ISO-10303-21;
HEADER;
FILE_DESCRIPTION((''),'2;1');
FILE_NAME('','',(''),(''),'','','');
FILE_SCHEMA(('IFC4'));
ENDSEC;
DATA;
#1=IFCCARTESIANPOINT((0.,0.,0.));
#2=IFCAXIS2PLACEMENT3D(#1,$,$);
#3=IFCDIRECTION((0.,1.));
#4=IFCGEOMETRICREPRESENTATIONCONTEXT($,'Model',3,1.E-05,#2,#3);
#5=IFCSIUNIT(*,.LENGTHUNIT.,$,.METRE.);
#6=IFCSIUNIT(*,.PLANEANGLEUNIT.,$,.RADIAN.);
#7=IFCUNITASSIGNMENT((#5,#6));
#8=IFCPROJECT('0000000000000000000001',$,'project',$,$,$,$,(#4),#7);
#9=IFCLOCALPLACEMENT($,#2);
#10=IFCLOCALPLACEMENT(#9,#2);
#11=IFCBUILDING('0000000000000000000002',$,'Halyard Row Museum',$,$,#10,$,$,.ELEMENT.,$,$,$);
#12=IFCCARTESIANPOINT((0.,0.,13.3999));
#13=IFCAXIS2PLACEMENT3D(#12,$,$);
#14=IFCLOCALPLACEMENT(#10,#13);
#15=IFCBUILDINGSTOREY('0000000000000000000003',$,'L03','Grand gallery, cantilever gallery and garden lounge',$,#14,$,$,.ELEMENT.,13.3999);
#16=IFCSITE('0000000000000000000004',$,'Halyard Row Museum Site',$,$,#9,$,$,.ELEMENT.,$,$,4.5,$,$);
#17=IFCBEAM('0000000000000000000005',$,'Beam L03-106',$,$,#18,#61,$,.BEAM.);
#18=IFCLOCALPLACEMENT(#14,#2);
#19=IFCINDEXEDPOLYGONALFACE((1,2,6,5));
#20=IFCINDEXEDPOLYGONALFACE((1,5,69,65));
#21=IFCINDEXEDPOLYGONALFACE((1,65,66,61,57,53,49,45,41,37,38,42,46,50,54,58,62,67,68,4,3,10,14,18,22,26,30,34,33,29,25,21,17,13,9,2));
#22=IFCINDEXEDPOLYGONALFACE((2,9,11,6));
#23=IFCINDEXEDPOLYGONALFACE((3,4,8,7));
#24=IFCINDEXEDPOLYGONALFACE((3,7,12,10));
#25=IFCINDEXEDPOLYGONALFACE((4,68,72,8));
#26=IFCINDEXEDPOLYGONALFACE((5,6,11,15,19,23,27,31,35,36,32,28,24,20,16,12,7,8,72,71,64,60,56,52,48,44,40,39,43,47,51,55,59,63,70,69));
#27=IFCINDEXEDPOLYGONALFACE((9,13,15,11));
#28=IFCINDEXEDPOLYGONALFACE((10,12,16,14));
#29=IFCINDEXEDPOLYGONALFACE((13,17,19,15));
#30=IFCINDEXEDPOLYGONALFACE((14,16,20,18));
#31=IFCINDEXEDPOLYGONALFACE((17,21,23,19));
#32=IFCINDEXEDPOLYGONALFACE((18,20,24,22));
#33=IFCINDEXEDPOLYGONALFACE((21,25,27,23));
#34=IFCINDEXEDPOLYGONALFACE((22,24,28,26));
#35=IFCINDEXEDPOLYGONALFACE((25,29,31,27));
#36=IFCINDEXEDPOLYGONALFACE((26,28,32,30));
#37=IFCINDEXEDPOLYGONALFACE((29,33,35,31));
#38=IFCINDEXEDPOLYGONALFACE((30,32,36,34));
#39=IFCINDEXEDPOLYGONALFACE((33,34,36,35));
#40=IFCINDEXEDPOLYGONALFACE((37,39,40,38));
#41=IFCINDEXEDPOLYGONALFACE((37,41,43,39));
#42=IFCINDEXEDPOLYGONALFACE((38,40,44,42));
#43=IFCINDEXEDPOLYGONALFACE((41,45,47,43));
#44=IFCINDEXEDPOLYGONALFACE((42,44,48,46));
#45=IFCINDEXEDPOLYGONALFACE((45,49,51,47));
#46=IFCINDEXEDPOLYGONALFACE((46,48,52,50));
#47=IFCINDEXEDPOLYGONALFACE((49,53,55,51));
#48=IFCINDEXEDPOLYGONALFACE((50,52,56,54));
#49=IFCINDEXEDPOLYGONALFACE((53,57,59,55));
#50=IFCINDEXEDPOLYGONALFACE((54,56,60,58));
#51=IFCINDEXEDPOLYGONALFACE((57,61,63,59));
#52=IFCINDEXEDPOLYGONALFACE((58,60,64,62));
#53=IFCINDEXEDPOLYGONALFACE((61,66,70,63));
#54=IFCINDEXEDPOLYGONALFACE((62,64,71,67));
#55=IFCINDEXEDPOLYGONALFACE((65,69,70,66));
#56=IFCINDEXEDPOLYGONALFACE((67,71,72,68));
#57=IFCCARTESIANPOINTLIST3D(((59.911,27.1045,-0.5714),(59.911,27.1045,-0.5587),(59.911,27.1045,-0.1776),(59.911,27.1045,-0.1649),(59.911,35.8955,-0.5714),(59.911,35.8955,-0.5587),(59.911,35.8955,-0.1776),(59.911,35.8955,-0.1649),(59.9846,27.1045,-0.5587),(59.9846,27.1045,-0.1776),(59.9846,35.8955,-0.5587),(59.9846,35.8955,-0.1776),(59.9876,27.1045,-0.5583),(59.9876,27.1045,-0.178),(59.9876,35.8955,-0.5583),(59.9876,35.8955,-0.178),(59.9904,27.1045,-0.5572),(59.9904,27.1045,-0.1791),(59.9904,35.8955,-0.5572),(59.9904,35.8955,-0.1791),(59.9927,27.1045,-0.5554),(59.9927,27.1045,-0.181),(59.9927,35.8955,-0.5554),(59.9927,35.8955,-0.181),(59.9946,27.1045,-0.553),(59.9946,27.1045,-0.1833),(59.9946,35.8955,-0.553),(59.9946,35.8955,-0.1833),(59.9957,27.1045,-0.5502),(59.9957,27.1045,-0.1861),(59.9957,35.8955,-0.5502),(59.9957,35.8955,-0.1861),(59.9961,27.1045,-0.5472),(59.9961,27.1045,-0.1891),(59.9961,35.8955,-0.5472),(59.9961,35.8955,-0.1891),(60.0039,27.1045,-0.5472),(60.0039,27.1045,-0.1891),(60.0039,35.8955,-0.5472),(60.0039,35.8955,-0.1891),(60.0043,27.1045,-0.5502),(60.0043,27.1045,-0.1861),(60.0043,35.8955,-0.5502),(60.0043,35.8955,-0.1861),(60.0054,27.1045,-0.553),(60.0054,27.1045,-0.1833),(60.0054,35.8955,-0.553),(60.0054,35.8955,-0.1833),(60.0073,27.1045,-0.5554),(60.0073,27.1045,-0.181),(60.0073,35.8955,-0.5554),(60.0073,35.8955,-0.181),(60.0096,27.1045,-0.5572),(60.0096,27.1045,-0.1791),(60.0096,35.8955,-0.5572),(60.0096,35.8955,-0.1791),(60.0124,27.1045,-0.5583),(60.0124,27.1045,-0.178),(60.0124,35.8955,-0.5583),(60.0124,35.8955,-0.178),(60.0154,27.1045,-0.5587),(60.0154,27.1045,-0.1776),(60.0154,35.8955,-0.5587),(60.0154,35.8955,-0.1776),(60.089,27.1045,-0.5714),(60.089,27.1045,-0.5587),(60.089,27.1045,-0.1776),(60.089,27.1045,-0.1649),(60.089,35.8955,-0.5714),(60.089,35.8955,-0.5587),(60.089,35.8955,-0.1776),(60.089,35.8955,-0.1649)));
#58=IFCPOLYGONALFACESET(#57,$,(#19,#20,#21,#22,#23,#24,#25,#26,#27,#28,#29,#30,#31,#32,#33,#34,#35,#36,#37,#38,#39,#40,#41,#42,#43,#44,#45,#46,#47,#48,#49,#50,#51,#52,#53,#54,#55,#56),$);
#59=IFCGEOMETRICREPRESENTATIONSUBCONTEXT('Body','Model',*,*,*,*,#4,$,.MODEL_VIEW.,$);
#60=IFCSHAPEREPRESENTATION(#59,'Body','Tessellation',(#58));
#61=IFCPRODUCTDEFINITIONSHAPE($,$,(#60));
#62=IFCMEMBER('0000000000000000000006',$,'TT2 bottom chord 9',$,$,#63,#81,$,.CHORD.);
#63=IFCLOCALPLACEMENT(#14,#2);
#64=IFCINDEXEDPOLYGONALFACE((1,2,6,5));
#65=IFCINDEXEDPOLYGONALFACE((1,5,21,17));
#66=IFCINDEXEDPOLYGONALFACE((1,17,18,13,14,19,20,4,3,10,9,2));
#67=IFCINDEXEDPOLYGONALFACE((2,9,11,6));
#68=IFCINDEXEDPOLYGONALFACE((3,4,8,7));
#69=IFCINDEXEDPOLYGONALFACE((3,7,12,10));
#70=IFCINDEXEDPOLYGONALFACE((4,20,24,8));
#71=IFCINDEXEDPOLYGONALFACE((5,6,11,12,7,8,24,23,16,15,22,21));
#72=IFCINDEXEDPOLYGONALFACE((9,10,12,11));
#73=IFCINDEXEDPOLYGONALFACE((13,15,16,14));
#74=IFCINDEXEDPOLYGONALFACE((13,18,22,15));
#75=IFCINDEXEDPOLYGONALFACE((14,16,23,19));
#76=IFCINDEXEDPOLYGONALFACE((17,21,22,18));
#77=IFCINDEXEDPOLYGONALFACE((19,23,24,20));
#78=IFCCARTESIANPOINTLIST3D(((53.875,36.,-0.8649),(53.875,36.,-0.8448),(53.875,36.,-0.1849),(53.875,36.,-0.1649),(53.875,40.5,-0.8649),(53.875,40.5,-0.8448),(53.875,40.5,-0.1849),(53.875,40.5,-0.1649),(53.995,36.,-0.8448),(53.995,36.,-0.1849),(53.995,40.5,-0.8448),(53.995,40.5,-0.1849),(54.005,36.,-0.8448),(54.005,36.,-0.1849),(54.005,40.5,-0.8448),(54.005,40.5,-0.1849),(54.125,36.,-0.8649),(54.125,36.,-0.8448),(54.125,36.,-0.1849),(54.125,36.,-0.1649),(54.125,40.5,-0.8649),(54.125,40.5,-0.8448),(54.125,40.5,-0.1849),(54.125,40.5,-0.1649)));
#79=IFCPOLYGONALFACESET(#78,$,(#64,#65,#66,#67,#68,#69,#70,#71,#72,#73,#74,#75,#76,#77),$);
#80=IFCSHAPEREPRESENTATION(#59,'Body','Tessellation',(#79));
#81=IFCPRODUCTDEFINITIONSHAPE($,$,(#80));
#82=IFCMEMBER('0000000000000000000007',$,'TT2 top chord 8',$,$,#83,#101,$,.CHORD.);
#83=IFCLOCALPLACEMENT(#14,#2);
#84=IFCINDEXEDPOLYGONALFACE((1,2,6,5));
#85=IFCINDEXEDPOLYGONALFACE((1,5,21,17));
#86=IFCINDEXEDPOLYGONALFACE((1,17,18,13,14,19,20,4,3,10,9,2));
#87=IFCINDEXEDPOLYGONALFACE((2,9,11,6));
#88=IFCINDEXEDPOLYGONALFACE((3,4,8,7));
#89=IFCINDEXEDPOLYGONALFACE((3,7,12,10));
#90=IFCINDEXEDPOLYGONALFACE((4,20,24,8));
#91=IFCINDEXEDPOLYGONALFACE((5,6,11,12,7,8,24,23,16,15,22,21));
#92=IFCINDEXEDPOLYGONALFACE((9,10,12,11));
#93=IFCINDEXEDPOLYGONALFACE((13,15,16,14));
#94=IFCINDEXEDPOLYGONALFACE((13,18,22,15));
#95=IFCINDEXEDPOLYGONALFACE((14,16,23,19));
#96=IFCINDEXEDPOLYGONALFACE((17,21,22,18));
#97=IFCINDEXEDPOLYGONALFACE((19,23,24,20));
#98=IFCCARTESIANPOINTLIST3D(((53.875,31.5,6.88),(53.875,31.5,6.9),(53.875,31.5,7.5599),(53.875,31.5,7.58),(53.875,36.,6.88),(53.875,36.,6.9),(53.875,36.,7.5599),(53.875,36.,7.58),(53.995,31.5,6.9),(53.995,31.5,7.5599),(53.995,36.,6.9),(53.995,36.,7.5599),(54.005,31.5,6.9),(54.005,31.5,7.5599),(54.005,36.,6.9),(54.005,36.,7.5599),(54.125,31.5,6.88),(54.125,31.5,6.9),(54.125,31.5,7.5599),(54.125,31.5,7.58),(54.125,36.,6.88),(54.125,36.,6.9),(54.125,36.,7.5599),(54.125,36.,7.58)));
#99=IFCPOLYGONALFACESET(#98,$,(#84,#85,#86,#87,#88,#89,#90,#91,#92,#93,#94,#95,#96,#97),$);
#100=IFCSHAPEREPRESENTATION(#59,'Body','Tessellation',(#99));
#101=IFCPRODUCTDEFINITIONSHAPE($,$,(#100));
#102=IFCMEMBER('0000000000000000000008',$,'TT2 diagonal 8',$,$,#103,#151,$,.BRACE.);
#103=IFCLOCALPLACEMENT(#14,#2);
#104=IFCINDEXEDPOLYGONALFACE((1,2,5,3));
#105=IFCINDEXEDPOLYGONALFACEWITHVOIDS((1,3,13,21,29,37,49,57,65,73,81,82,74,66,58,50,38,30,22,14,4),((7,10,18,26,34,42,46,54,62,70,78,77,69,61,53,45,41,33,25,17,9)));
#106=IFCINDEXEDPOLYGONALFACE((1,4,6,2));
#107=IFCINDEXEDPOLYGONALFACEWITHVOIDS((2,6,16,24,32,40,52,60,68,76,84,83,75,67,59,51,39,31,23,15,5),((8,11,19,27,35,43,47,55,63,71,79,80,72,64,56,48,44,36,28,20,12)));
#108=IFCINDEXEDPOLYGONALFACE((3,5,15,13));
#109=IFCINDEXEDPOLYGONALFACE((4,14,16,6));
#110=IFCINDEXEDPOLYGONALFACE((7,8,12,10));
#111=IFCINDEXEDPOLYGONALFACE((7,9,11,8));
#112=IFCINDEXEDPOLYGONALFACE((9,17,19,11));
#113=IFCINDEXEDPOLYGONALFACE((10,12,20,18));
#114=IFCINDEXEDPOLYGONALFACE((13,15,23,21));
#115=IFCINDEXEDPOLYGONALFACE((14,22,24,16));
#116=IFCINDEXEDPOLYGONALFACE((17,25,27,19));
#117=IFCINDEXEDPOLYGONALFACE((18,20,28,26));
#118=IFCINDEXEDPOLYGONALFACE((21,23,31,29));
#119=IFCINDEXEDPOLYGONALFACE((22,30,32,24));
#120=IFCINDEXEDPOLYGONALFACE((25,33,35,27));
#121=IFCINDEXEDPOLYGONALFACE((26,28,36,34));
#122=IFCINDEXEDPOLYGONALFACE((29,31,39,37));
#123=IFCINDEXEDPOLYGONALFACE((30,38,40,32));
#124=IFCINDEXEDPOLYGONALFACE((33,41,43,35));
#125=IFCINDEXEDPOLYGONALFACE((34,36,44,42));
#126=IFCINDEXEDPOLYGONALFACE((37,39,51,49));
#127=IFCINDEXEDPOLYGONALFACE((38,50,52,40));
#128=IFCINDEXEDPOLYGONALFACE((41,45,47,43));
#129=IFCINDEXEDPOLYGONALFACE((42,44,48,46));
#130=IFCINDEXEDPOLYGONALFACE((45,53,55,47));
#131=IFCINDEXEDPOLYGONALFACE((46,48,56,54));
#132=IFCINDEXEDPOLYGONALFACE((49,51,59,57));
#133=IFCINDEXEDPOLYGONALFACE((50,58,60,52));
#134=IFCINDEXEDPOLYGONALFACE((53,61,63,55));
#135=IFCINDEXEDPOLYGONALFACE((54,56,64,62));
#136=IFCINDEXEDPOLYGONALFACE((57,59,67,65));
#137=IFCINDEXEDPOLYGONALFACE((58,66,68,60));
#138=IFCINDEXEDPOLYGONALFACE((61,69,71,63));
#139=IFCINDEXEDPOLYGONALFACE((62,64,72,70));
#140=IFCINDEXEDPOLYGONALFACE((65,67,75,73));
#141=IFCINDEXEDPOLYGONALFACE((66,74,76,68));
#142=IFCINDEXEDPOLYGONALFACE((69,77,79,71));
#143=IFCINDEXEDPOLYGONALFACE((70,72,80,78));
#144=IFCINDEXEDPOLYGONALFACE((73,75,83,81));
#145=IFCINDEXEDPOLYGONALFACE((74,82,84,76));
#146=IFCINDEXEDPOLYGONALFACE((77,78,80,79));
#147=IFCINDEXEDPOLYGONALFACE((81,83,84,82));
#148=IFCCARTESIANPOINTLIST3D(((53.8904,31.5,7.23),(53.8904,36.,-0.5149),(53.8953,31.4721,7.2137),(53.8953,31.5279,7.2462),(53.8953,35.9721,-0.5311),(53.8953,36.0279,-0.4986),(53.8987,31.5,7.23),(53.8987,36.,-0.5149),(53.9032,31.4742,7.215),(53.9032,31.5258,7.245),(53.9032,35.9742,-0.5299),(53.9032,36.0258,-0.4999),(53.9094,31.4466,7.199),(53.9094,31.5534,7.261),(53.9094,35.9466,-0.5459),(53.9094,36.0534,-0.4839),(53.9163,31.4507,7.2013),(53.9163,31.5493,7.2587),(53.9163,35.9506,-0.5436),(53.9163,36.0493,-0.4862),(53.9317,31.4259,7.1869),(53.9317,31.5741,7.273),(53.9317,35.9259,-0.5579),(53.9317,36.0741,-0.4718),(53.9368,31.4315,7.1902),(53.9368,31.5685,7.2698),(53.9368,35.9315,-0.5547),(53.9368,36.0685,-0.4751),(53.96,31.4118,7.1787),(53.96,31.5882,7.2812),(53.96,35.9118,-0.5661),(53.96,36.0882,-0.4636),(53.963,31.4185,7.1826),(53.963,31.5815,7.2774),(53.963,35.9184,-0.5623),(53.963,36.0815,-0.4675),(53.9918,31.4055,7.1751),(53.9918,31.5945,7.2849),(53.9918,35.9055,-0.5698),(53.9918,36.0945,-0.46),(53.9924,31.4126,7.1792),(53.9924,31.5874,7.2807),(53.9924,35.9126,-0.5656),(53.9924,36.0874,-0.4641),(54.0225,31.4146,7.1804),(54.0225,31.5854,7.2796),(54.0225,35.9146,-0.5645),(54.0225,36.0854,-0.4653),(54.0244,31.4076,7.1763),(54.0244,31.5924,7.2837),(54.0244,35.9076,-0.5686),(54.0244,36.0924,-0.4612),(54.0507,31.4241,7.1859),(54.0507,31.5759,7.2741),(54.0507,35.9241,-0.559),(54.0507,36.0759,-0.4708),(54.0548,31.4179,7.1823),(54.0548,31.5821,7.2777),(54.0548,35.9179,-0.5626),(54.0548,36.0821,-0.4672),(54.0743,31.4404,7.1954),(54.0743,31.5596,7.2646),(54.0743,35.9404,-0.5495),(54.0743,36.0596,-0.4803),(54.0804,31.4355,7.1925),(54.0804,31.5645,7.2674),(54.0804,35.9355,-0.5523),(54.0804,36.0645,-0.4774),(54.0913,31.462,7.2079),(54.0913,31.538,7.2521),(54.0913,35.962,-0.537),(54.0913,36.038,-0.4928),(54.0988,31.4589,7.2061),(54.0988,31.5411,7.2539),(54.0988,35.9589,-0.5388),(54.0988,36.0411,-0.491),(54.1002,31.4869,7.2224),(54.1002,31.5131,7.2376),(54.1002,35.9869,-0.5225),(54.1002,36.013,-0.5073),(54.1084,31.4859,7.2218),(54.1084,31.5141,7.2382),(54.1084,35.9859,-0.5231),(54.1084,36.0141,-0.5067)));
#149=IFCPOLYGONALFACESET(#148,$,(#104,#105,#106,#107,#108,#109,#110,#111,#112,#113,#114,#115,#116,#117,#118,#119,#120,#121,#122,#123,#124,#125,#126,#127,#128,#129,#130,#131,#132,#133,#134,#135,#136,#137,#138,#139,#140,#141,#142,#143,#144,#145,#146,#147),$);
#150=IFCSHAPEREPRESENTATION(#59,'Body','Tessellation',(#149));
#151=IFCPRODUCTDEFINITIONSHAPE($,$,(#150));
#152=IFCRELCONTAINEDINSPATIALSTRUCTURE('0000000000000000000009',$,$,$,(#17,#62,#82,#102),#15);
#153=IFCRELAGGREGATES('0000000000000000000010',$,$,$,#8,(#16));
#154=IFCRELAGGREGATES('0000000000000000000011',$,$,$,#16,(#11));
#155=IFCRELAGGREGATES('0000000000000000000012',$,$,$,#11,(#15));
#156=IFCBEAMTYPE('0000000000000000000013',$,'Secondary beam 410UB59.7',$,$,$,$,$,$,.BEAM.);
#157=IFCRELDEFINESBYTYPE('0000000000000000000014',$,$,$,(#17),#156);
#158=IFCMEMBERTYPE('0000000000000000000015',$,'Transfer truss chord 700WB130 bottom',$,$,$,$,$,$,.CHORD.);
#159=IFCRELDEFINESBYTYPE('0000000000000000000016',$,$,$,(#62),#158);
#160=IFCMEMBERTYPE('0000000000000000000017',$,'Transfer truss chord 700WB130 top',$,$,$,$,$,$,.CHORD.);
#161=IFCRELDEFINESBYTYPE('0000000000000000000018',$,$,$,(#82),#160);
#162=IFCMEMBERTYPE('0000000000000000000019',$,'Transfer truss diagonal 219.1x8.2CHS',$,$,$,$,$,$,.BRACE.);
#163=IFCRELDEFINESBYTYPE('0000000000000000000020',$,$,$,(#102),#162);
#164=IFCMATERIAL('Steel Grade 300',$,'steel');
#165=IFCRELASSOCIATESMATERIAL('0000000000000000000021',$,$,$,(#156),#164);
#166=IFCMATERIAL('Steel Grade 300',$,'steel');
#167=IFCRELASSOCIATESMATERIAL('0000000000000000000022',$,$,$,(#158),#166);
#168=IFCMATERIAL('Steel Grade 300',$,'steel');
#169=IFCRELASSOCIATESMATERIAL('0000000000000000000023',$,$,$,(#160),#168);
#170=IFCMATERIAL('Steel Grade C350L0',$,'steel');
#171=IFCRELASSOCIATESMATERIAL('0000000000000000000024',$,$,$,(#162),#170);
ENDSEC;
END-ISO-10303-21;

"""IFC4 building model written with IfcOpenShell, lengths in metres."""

from ifc_helpers import new_model, si_unit, direction, frame, origin, origin_2d, place, context, subcontext, project, spatial, hollow_circle, i_section, extrude, material, material_profile, profile_set, type_object, element, save


model = new_model("IFC4")

# Units and contexts
model_context = context("Model", 3, precision=1e-05, world=origin(), true_north=direction((0.0, 1.0)))
body_context = subcontext(model_context, "Body", "Model", "MODEL_VIEW")
ifc_project = project(units=[si_unit("LENGTHUNIT", "METRE"), si_unit("PLANEANGLEUNIT", "RADIAN")], contexts=[model_context])

# Site, building, storey
site_placement = place(None, origin())
site = spatial("IfcSite", under=ifc_project, at=site_placement, Name="Halyard Row Museum Site", CompositionType="ELEMENT", RefElevation=4.5)
building_placement = place(site_placement, origin())
building = spatial("IfcBuilding", under=site, at=building_placement, Name="Halyard Row Museum", CompositionType="ELEMENT")
storey_placement = place(building_placement, frame((0.0, 0.0, 13.3999)))
storey = spatial("IfcBuildingStorey", under=building, at=storey_placement, Name="L03", Description="Grand gallery, cantilever gallery and garden lounge", CompositionType="ELEMENT", Elevation=13.3999)

# Beam
ifc_material_1 = material(Name="Steel Grade 300", Category="steel")
ifc_material_profile_1 = material_profile(ifc_material_1, i_section(OverallWidth=0.178, OverallDepth=0.4065, WebThickness=0.0078, FlangeThickness=0.0127, FilletRadius=0.0115, at=origin_2d()), Name="410UB59.7")
ifc_profile_set_1 = profile_set([ifc_material_profile_1], Name="Steel Grade 300")
beam_type = type_object("IfcBeamType", Name="Secondary beam 410UB59.7", PredefinedType="BEAM", material=ifc_profile_set_1)
for number, where, z_axis, x_axis, name in (
    (1, (60.0, 27.1045, -0.3682), (0.0, 1.0, 0.0), (-1.0, 0.0, 0.0), "Beam L03-106"),
):
    element("IfcBeam", number, at=place(storey_placement, frame(where, z_axis=z_axis, x_axis=x_axis)), inside=storey, type_object=beam_type, Name=name, PredefinedType="BEAM", context=body_context, shape_type="SweptSolid", body=[
        extrude(i_section(OverallWidth=0.178, OverallDepth=0.4065, WebThickness=0.0078, FlangeThickness=0.0127, FilletRadius=0.0115, at=origin_2d()), origin(), (0.0, 0.0, 1.0), 8.791),
    ])

# Members
ifc_material_2 = material(Name="Steel Grade 300", Category="steel")
ifc_material_profile_2 = material_profile(ifc_material_2, i_section(OverallWidth=0.25, OverallDepth=0.7, WebThickness=0.01, FlangeThickness=0.02, at=origin_2d()), Name="700WB130")
ifc_profile_set_2 = profile_set([ifc_material_profile_2], Name="Steel Grade 300")
member_type_1 = type_object("IfcMemberType", Name="Transfer truss chord 700WB130 bottom", PredefinedType="CHORD", material=ifc_profile_set_2)
member_1_placement = place(storey_placement, frame((54.0, 36.0, -0.5149), z_axis=(0.0, 1.0, 0.0), x_axis=(-1.0, 0.0, 0.0)))
element("IfcMember", 2, at=member_1_placement, inside=storey, type_object=member_type_1, Name="TT2 bottom chord 9", PredefinedType="CHORD", context=body_context, shape_type="SweptSolid", body=[
    extrude(i_section(OverallWidth=0.25, OverallDepth=0.7, WebThickness=0.01, FlangeThickness=0.02, at=origin_2d()), origin(), (0.0, 0.0, 1.0), 4.5),
])
ifc_material_3 = material(Name="Steel Grade 300", Category="steel")
ifc_material_profile_3 = material_profile(ifc_material_3, i_section(OverallWidth=0.25, OverallDepth=0.7, WebThickness=0.01, FlangeThickness=0.02, at=origin_2d()), Name="700WB130")
ifc_profile_set_3 = profile_set([ifc_material_profile_3], Name="Steel Grade 300")
member_type_2 = type_object("IfcMemberType", Name="Transfer truss chord 700WB130 top", PredefinedType="CHORD", material=ifc_profile_set_3)
member_2_placement = place(storey_placement, frame((54.0, 31.5, 7.23), z_axis=(0.0, 1.0, 0.0), x_axis=(-1.0, 0.0, 0.0)))
element("IfcMember", 3, at=member_2_placement, inside=storey, type_object=member_type_2, Name="TT2 top chord 8", PredefinedType="CHORD", context=body_context, shape_type="SweptSolid", body=[
    extrude(i_section(OverallWidth=0.25, OverallDepth=0.7, WebThickness=0.01, FlangeThickness=0.02, at=origin_2d()), origin(), (0.0, 0.0, 1.0), 4.5),
])
ifc_material_4 = material(Name="Steel Grade C350L0", Category="steel")
ifc_material_profile_4 = material_profile(ifc_material_4, hollow_circle(Radius=0.1096, WallThickness=0.0083, at=origin_2d()), Name="219.1x8.2CHS")
ifc_profile_set_4 = profile_set([ifc_material_profile_4], Name="Steel Grade C350L0")
member_type_3 = type_object("IfcMemberType", Name="Transfer truss diagonal 219.1x8.2CHS", PredefinedType="BRACE", material=ifc_profile_set_4)
member_3_placement = place(storey_placement, frame((54.0, 31.5, 7.23), z_axis=(0.0, 0.502384, -0.864645), x_axis=(-1.0, 0.0, 0.0)))
element("IfcMember", 4, at=member_3_placement, inside=storey, type_object=member_type_3, Name="TT2 diagonal 8", PredefinedType="BRACE", context=body_context, shape_type="SweptSolid", body=[
    extrude(hollow_circle(Radius=0.1096, WallThickness=0.0083, at=origin_2d()), origin(), (0.0, 0.0, 1.0), 8.9573),
])

save(model, "model.ifc")
